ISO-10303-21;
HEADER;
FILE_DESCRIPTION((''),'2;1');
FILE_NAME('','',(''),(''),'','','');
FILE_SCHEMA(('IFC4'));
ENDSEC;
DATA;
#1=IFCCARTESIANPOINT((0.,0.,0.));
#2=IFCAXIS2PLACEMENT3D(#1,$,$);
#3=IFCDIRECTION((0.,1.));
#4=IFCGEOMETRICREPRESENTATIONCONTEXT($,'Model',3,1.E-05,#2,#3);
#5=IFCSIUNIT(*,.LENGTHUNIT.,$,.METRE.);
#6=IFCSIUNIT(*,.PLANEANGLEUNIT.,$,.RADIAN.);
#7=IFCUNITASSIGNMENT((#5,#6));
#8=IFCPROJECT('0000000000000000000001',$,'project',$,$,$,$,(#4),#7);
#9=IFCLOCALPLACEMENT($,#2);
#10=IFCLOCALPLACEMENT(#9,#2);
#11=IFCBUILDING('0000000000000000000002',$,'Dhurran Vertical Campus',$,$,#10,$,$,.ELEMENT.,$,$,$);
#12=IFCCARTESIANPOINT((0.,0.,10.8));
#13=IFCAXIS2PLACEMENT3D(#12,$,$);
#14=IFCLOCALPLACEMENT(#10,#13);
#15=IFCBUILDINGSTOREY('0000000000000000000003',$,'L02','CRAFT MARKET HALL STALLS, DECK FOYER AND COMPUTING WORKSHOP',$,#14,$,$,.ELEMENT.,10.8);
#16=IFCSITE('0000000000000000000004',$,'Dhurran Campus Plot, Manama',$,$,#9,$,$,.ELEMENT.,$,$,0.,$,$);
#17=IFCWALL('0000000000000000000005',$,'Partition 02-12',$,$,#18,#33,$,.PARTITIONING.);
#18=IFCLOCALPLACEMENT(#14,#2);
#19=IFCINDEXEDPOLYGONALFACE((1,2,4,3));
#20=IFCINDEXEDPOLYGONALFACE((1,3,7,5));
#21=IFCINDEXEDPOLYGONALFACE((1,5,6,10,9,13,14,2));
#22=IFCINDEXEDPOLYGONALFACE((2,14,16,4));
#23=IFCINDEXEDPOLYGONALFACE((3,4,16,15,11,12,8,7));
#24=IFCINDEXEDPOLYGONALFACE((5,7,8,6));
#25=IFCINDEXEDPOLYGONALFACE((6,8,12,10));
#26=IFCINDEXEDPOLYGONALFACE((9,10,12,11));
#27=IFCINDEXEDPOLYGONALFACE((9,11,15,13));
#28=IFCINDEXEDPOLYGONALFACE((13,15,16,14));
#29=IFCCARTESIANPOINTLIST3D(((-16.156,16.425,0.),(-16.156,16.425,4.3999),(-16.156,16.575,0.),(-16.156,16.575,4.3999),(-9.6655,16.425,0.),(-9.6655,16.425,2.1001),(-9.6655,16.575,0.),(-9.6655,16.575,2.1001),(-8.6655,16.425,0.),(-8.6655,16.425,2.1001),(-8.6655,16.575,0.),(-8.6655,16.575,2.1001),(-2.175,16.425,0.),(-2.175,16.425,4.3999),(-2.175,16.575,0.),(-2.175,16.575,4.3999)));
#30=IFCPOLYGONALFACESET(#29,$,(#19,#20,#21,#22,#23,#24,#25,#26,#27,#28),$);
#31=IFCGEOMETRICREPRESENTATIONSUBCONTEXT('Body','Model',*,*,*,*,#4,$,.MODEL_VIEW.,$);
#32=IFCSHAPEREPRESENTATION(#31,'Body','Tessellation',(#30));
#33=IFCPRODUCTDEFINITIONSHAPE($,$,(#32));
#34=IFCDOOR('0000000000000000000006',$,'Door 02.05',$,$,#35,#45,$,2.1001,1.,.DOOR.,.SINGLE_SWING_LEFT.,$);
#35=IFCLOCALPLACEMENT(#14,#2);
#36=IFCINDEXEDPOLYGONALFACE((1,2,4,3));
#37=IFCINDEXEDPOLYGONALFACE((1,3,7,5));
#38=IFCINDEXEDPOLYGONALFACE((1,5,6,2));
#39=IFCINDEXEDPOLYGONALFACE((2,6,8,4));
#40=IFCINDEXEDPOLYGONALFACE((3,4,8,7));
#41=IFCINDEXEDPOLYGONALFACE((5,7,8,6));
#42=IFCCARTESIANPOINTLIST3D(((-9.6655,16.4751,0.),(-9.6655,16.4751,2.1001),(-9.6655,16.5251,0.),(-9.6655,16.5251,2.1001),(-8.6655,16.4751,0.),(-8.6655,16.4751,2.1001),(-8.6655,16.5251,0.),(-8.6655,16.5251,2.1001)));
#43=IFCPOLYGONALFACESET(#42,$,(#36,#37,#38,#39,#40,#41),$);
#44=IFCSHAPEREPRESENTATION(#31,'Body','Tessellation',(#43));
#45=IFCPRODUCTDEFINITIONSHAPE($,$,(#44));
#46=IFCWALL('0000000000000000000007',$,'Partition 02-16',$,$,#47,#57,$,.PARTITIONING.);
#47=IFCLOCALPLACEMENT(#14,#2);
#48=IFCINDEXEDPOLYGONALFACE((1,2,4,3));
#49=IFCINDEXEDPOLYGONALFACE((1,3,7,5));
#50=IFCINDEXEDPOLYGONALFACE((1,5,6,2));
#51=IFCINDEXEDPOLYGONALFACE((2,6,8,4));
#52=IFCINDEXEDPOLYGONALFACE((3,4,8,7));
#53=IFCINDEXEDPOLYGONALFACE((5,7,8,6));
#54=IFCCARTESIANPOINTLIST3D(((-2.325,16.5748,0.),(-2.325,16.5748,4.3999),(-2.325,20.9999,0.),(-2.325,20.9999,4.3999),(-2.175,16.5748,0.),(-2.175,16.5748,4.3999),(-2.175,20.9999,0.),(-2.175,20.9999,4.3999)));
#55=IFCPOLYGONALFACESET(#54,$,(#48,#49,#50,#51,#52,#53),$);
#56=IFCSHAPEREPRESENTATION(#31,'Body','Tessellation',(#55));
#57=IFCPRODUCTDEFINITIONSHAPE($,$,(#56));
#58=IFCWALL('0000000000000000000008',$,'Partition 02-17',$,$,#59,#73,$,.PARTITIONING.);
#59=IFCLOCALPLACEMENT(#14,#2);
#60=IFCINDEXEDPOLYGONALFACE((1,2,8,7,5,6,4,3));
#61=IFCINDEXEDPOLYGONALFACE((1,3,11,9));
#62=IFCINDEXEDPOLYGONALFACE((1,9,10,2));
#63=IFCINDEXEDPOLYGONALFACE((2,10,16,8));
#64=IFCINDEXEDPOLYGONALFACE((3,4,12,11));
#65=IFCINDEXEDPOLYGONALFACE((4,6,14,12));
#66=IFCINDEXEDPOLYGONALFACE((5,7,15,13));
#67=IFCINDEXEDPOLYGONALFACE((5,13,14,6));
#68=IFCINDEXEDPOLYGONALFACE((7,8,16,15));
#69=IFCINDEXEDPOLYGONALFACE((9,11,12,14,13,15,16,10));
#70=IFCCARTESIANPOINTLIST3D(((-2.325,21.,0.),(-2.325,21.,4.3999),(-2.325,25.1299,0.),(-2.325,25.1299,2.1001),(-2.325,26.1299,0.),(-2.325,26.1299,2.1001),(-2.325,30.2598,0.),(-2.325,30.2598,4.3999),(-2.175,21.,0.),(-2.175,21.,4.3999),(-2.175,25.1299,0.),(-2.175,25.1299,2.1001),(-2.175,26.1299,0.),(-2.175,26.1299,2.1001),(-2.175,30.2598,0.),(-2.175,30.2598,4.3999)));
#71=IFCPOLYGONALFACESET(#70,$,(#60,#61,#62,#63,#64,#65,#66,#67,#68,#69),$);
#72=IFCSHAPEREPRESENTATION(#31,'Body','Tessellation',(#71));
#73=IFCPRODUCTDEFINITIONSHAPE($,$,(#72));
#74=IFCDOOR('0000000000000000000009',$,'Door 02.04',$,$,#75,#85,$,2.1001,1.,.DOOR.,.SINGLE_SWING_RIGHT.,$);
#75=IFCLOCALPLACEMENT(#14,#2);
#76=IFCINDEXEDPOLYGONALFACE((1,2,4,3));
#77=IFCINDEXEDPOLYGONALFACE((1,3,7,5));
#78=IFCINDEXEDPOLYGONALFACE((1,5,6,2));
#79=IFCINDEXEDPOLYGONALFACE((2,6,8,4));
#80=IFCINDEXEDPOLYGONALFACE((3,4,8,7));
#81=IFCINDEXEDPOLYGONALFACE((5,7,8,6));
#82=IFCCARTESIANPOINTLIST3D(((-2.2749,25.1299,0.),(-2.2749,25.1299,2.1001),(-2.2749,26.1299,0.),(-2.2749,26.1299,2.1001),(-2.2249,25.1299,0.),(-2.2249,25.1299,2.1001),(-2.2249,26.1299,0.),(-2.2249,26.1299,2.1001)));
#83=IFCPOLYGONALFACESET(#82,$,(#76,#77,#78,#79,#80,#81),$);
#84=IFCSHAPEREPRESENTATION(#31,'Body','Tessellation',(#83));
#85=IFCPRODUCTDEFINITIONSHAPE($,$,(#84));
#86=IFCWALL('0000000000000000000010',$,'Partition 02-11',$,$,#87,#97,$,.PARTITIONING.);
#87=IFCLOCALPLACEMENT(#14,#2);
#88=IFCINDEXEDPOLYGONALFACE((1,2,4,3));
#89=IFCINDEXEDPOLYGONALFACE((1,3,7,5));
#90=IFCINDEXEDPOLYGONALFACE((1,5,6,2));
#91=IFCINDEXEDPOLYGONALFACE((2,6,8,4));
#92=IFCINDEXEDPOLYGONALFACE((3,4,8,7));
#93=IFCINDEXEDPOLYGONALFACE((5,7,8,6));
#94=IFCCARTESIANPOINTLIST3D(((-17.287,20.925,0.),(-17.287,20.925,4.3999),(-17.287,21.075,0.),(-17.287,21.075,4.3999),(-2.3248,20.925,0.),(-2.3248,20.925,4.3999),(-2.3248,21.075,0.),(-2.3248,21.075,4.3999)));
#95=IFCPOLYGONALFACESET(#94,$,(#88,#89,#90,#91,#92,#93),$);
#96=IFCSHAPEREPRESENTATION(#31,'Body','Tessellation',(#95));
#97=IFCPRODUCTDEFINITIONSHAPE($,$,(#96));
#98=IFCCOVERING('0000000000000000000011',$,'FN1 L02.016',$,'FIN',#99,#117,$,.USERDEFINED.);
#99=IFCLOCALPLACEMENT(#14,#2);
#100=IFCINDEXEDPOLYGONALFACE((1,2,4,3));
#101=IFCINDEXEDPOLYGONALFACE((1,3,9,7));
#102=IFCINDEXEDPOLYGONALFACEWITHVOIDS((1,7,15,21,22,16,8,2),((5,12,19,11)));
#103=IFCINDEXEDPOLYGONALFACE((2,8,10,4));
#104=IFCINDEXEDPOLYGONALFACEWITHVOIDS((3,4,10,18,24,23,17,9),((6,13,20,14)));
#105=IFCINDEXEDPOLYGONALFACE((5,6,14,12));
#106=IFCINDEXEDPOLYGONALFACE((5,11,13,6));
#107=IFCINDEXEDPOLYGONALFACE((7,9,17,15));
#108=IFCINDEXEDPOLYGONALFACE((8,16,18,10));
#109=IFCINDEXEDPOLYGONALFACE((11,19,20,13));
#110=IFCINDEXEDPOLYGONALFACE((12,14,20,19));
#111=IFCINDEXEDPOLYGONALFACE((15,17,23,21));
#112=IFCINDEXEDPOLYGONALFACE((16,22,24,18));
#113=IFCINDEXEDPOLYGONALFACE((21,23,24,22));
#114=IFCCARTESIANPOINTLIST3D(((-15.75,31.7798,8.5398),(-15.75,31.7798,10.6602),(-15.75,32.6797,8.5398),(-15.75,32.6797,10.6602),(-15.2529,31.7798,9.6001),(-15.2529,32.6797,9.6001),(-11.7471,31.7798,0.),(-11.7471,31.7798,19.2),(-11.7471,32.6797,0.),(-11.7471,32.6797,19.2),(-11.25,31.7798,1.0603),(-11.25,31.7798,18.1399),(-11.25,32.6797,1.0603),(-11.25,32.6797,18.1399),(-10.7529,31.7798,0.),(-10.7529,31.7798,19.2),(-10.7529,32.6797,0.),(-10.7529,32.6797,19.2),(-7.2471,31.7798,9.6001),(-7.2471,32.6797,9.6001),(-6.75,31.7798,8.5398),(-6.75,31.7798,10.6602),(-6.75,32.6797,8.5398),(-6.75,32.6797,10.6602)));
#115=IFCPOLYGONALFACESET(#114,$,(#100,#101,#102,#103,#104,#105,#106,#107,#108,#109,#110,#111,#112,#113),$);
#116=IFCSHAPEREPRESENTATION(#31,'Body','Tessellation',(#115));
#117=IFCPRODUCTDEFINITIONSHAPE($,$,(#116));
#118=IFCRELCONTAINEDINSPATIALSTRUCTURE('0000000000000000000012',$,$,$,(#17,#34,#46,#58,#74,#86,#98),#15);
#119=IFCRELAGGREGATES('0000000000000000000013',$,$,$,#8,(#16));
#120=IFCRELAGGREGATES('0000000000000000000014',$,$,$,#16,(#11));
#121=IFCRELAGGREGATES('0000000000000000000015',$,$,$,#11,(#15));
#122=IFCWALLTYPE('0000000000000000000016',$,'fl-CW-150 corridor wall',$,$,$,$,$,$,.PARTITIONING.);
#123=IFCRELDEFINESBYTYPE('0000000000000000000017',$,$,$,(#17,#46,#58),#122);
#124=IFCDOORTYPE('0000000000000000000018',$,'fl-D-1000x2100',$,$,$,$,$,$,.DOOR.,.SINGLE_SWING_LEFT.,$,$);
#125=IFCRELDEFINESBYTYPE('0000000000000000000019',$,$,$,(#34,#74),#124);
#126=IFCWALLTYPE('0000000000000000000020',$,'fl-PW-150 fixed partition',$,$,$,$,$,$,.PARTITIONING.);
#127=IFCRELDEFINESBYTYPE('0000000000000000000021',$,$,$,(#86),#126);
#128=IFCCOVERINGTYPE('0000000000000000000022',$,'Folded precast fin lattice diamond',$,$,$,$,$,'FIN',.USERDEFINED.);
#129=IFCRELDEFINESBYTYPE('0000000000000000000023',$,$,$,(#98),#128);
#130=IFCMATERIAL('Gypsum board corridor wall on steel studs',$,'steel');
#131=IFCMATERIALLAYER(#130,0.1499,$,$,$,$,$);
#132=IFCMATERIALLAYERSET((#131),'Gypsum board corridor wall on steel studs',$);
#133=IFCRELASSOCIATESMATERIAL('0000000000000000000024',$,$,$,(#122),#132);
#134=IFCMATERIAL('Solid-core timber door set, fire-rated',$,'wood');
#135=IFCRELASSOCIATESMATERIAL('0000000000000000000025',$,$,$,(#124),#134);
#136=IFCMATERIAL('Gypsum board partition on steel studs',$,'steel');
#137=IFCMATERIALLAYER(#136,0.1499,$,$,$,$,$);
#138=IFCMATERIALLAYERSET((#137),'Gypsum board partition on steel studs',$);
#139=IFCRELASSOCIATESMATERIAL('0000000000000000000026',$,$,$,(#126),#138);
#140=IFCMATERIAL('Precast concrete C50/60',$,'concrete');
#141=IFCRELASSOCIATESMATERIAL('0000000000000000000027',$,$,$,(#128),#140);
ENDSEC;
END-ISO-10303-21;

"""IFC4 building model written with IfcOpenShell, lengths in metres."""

from ifc_helpers import new_model, si_unit, direction, frame, frame_2d, origin, place, context, subcontext, project, spatial, polyline, rectangle, outline, extrude, material, layer, layer_set, type_object, element, fill, save


model = new_model("IFC4")

# Units and contexts
model_context = context("Model", 3, precision=1e-05, world=origin(), true_north=direction((0.0, 1.0)))
body_context = subcontext(model_context, "Body", "Model", "MODEL_VIEW")
ifc_project = project(units=[si_unit("LENGTHUNIT", "METRE"), si_unit("PLANEANGLEUNIT", "RADIAN")], contexts=[model_context])

# Site, building, storey
site_placement = place(None, origin())
site = spatial("IfcSite", under=ifc_project, at=site_placement, Name="Dhurran Campus Plot, Manama", CompositionType="ELEMENT", RefElevation=0.0)
building_placement = place(site_placement, origin())
building = spatial("IfcBuilding", under=site, at=building_placement, Name="Dhurran Vertical Campus", CompositionType="ELEMENT")
storey_placement = place(building_placement, frame((0.0, 0.0, 10.8)))
storey = spatial("IfcBuildingStorey", under=building, at=storey_placement, Name="L02", Description="CRAFT MARKET HALL STALLS, DECK FOYER AND COMPUTING WORKSHOP", CompositionType="ELEMENT", Elevation=10.8)

# Wall, opening, door
ifc_material_1 = material(Name="Gypsum board corridor wall on steel studs", Category="steel")
ifc_layer_1 = layer(ifc_material_1, 0.1499)
ifc_layer_set_1 = layer_set([ifc_layer_1], Name="Gypsum board corridor wall on steel studs")
wall_type_1 = type_object("IfcWallType", Name="fl-CW-150 corridor wall", PredefinedType="PARTITIONING", material=ifc_layer_set_1)
wall_1_placement = place(storey_placement, frame((-2.175, 16.5, 0.0), z_axis=(0.0, 0.0, 1.0), x_axis=(-1.0, 0.0, 0.0)))
wall_1 = element("IfcWall", 1, at=wall_1_placement, inside=storey, type_object=wall_type_1, Name="Partition 02-12", PredefinedType="PARTITIONING", context=body_context, shape_type="SweptSolid", body=[
    extrude(rectangle(XDim=13.981, YDim=0.1499, at=frame_2d((6.9905, 0.0))), origin(), (0.0, 0.0, 1.0), 4.3999),
])
opening_1_placement = place(wall_1_placement, frame((6.4905, 0.0, 0.0)))
opening_1 = element("IfcOpeningElement", 2, at=opening_1_placement, cuts=wall_1, PredefinedType="OPENING", context=body_context, shape_type="SweptSolid", body=[
    extrude(rectangle(XDim=1.0, YDim=2.1001, at=frame_2d((0.5, 1.05))), frame((0.0, 0.085, 0.0), z_axis=(0.0, -1.0, 0.0), x_axis=(1.0, 0.0, 0.0)), (0.0, 0.0, 1.0), 0.1699),
])
ifc_material_2 = material(Name="Solid-core timber door set, fire-rated", Category="wood")
door_type_1 = type_object("IfcDoorType", Name="fl-D-1000x2100", OperationType="SINGLE_SWING_LEFT", PredefinedType="DOOR", material=ifc_material_2)
door_1_placement = place(opening_1_placement, origin())
door_1 = element("IfcDoor", 3, at=door_1_placement, inside=storey, type_object=door_type_1, Name="Door 02.05", OperationType="SINGLE_SWING_LEFT", OverallHeight=2.1001, OverallWidth=1.0, PredefinedType="DOOR", context=body_context, shape_type="SweptSolid", body=[
    extrude(rectangle(XDim=1.0, YDim=2.1001, at=frame_2d((0.5, 1.05))), frame((0.0, 0.0249, 0.0), z_axis=(0.0, -1.0, 0.0), x_axis=(1.0, 0.0, 0.0)), (0.0, 0.0, 1.0), 0.05),
])
fill(opening_1, door_1)

# Wall
wall_2_placement = place(storey_placement, frame((-2.25, 16.575, 0.0), z_axis=(0.0, 0.0, 1.0), x_axis=(0.0, 1.0, 0.0)))
element("IfcWall", 4, at=wall_2_placement, inside=storey, type_object=wall_type_1, Name="Partition 02-16", PredefinedType="PARTITIONING", context=body_context, shape_type="SweptSolid", body=[
    extrude(rectangle(XDim=4.425, YDim=0.1499, at=frame_2d((2.2124, 0.0))), origin(), (0.0, 0.0, 1.0), 4.3999),
])

# Wall, opening, door
wall_3_placement = place(storey_placement, frame((-2.25, 21.0, 0.0), z_axis=(0.0, 0.0, 1.0), x_axis=(0.0, 1.0, 0.0)))
wall_3 = element("IfcWall", 5, at=wall_3_placement, inside=storey, type_object=wall_type_1, Name="Partition 02-17", PredefinedType="PARTITIONING", context=body_context, shape_type="SweptSolid", body=[
    extrude(rectangle(XDim=9.2598, YDim=0.1499, at=frame_2d((4.6299, 0.0))), origin(), (0.0, 0.0, 1.0), 4.3999),
])
opening_2_placement = place(wall_3_placement, frame((4.1299, 0.0, 0.0)))
opening_2 = element("IfcOpeningElement", 6, at=opening_2_placement, cuts=wall_3, PredefinedType="OPENING", context=body_context, shape_type="SweptSolid", body=[
    extrude(rectangle(XDim=1.0, YDim=2.1001, at=frame_2d((0.5, 1.05))), frame((0.0, 0.085, 0.0), z_axis=(0.0, -1.0, 0.0), x_axis=(1.0, 0.0, 0.0)), (0.0, 0.0, 1.0), 0.1699),
])
door_2_placement = place(opening_2_placement, origin())
door_2 = element("IfcDoor", 7, at=door_2_placement, inside=storey, type_object=door_type_1, Name="Door 02.04", OperationType="SINGLE_SWING_RIGHT", OverallHeight=2.1001, OverallWidth=1.0, PredefinedType="DOOR", context=body_context, shape_type="SweptSolid", body=[
    extrude(rectangle(XDim=1.0, YDim=2.1001, at=frame_2d((0.5, 1.05))), frame((0.0, 0.0249, 0.0), z_axis=(0.0, -1.0, 0.0), x_axis=(1.0, 0.0, 0.0)), (0.0, 0.0, 1.0), 0.05),
])
fill(opening_2, door_2)

# Wall
ifc_material_3 = material(Name="Gypsum board partition on steel studs", Category="steel")
ifc_layer_2 = layer(ifc_material_3, 0.1499)
ifc_layer_set_2 = layer_set([ifc_layer_2], Name="Gypsum board partition on steel studs")
wall_type_2 = type_object("IfcWallType", Name="fl-PW-150 fixed partition", PredefinedType="PARTITIONING", material=ifc_layer_set_2)
wall_4_placement = place(storey_placement, frame((-2.325, 21.0, 0.0), z_axis=(0.0, 0.0, 1.0), x_axis=(-1.0, 0.0, 0.0)))
element("IfcWall", 8, at=wall_4_placement, inside=storey, type_object=wall_type_2, Name="Partition 02-11", PredefinedType="PARTITIONING", context=body_context, shape_type="SweptSolid", body=[
    extrude(rectangle(XDim=14.9622, YDim=0.1499, at=frame_2d((7.481, 0.0))), origin(), (0.0, 0.0, 1.0), 4.3999),
])

# Covering
ifc_material_4 = material(Name="Precast concrete C50/60", Category="concrete")
covering_type = type_object("IfcCoveringType", Name="Folded precast fin lattice diamond", ElementType="FIN", PredefinedType="USERDEFINED", material=ifc_material_4)
covering_placement = place(storey_placement, frame((-6.75, 31.7798, 0.0), z_axis=(0.0, 1.0, 0.0), x_axis=(-1.0, 0.0, 0.0)))
element("IfcCovering", 9, at=covering_placement, inside=storey, type_object=covering_type, Name="FN1 L02.016", ObjectType="FIN", PredefinedType="USERDEFINED", context=body_context, shape_type="SweptSolid", body=[
    extrude(outline(polyline([(9.0, 10.6602), (9.0, 8.5398), (4.9971, 0.0), (4.0029, 0.0), (0.0, 8.5398), (0.0, 10.6602), (4.0029, 19.2), (4.9971, 19.2), (9.0, 10.6602)]), holes=[polyline([(8.5029, 9.6001), (4.5, 18.1399), (0.4971, 9.6001), (4.5, 1.0603), (8.5029, 9.6001)])]), origin(), (0.0, 0.0, 1.0), 0.8999),
])

save(model, "model.ifc")
